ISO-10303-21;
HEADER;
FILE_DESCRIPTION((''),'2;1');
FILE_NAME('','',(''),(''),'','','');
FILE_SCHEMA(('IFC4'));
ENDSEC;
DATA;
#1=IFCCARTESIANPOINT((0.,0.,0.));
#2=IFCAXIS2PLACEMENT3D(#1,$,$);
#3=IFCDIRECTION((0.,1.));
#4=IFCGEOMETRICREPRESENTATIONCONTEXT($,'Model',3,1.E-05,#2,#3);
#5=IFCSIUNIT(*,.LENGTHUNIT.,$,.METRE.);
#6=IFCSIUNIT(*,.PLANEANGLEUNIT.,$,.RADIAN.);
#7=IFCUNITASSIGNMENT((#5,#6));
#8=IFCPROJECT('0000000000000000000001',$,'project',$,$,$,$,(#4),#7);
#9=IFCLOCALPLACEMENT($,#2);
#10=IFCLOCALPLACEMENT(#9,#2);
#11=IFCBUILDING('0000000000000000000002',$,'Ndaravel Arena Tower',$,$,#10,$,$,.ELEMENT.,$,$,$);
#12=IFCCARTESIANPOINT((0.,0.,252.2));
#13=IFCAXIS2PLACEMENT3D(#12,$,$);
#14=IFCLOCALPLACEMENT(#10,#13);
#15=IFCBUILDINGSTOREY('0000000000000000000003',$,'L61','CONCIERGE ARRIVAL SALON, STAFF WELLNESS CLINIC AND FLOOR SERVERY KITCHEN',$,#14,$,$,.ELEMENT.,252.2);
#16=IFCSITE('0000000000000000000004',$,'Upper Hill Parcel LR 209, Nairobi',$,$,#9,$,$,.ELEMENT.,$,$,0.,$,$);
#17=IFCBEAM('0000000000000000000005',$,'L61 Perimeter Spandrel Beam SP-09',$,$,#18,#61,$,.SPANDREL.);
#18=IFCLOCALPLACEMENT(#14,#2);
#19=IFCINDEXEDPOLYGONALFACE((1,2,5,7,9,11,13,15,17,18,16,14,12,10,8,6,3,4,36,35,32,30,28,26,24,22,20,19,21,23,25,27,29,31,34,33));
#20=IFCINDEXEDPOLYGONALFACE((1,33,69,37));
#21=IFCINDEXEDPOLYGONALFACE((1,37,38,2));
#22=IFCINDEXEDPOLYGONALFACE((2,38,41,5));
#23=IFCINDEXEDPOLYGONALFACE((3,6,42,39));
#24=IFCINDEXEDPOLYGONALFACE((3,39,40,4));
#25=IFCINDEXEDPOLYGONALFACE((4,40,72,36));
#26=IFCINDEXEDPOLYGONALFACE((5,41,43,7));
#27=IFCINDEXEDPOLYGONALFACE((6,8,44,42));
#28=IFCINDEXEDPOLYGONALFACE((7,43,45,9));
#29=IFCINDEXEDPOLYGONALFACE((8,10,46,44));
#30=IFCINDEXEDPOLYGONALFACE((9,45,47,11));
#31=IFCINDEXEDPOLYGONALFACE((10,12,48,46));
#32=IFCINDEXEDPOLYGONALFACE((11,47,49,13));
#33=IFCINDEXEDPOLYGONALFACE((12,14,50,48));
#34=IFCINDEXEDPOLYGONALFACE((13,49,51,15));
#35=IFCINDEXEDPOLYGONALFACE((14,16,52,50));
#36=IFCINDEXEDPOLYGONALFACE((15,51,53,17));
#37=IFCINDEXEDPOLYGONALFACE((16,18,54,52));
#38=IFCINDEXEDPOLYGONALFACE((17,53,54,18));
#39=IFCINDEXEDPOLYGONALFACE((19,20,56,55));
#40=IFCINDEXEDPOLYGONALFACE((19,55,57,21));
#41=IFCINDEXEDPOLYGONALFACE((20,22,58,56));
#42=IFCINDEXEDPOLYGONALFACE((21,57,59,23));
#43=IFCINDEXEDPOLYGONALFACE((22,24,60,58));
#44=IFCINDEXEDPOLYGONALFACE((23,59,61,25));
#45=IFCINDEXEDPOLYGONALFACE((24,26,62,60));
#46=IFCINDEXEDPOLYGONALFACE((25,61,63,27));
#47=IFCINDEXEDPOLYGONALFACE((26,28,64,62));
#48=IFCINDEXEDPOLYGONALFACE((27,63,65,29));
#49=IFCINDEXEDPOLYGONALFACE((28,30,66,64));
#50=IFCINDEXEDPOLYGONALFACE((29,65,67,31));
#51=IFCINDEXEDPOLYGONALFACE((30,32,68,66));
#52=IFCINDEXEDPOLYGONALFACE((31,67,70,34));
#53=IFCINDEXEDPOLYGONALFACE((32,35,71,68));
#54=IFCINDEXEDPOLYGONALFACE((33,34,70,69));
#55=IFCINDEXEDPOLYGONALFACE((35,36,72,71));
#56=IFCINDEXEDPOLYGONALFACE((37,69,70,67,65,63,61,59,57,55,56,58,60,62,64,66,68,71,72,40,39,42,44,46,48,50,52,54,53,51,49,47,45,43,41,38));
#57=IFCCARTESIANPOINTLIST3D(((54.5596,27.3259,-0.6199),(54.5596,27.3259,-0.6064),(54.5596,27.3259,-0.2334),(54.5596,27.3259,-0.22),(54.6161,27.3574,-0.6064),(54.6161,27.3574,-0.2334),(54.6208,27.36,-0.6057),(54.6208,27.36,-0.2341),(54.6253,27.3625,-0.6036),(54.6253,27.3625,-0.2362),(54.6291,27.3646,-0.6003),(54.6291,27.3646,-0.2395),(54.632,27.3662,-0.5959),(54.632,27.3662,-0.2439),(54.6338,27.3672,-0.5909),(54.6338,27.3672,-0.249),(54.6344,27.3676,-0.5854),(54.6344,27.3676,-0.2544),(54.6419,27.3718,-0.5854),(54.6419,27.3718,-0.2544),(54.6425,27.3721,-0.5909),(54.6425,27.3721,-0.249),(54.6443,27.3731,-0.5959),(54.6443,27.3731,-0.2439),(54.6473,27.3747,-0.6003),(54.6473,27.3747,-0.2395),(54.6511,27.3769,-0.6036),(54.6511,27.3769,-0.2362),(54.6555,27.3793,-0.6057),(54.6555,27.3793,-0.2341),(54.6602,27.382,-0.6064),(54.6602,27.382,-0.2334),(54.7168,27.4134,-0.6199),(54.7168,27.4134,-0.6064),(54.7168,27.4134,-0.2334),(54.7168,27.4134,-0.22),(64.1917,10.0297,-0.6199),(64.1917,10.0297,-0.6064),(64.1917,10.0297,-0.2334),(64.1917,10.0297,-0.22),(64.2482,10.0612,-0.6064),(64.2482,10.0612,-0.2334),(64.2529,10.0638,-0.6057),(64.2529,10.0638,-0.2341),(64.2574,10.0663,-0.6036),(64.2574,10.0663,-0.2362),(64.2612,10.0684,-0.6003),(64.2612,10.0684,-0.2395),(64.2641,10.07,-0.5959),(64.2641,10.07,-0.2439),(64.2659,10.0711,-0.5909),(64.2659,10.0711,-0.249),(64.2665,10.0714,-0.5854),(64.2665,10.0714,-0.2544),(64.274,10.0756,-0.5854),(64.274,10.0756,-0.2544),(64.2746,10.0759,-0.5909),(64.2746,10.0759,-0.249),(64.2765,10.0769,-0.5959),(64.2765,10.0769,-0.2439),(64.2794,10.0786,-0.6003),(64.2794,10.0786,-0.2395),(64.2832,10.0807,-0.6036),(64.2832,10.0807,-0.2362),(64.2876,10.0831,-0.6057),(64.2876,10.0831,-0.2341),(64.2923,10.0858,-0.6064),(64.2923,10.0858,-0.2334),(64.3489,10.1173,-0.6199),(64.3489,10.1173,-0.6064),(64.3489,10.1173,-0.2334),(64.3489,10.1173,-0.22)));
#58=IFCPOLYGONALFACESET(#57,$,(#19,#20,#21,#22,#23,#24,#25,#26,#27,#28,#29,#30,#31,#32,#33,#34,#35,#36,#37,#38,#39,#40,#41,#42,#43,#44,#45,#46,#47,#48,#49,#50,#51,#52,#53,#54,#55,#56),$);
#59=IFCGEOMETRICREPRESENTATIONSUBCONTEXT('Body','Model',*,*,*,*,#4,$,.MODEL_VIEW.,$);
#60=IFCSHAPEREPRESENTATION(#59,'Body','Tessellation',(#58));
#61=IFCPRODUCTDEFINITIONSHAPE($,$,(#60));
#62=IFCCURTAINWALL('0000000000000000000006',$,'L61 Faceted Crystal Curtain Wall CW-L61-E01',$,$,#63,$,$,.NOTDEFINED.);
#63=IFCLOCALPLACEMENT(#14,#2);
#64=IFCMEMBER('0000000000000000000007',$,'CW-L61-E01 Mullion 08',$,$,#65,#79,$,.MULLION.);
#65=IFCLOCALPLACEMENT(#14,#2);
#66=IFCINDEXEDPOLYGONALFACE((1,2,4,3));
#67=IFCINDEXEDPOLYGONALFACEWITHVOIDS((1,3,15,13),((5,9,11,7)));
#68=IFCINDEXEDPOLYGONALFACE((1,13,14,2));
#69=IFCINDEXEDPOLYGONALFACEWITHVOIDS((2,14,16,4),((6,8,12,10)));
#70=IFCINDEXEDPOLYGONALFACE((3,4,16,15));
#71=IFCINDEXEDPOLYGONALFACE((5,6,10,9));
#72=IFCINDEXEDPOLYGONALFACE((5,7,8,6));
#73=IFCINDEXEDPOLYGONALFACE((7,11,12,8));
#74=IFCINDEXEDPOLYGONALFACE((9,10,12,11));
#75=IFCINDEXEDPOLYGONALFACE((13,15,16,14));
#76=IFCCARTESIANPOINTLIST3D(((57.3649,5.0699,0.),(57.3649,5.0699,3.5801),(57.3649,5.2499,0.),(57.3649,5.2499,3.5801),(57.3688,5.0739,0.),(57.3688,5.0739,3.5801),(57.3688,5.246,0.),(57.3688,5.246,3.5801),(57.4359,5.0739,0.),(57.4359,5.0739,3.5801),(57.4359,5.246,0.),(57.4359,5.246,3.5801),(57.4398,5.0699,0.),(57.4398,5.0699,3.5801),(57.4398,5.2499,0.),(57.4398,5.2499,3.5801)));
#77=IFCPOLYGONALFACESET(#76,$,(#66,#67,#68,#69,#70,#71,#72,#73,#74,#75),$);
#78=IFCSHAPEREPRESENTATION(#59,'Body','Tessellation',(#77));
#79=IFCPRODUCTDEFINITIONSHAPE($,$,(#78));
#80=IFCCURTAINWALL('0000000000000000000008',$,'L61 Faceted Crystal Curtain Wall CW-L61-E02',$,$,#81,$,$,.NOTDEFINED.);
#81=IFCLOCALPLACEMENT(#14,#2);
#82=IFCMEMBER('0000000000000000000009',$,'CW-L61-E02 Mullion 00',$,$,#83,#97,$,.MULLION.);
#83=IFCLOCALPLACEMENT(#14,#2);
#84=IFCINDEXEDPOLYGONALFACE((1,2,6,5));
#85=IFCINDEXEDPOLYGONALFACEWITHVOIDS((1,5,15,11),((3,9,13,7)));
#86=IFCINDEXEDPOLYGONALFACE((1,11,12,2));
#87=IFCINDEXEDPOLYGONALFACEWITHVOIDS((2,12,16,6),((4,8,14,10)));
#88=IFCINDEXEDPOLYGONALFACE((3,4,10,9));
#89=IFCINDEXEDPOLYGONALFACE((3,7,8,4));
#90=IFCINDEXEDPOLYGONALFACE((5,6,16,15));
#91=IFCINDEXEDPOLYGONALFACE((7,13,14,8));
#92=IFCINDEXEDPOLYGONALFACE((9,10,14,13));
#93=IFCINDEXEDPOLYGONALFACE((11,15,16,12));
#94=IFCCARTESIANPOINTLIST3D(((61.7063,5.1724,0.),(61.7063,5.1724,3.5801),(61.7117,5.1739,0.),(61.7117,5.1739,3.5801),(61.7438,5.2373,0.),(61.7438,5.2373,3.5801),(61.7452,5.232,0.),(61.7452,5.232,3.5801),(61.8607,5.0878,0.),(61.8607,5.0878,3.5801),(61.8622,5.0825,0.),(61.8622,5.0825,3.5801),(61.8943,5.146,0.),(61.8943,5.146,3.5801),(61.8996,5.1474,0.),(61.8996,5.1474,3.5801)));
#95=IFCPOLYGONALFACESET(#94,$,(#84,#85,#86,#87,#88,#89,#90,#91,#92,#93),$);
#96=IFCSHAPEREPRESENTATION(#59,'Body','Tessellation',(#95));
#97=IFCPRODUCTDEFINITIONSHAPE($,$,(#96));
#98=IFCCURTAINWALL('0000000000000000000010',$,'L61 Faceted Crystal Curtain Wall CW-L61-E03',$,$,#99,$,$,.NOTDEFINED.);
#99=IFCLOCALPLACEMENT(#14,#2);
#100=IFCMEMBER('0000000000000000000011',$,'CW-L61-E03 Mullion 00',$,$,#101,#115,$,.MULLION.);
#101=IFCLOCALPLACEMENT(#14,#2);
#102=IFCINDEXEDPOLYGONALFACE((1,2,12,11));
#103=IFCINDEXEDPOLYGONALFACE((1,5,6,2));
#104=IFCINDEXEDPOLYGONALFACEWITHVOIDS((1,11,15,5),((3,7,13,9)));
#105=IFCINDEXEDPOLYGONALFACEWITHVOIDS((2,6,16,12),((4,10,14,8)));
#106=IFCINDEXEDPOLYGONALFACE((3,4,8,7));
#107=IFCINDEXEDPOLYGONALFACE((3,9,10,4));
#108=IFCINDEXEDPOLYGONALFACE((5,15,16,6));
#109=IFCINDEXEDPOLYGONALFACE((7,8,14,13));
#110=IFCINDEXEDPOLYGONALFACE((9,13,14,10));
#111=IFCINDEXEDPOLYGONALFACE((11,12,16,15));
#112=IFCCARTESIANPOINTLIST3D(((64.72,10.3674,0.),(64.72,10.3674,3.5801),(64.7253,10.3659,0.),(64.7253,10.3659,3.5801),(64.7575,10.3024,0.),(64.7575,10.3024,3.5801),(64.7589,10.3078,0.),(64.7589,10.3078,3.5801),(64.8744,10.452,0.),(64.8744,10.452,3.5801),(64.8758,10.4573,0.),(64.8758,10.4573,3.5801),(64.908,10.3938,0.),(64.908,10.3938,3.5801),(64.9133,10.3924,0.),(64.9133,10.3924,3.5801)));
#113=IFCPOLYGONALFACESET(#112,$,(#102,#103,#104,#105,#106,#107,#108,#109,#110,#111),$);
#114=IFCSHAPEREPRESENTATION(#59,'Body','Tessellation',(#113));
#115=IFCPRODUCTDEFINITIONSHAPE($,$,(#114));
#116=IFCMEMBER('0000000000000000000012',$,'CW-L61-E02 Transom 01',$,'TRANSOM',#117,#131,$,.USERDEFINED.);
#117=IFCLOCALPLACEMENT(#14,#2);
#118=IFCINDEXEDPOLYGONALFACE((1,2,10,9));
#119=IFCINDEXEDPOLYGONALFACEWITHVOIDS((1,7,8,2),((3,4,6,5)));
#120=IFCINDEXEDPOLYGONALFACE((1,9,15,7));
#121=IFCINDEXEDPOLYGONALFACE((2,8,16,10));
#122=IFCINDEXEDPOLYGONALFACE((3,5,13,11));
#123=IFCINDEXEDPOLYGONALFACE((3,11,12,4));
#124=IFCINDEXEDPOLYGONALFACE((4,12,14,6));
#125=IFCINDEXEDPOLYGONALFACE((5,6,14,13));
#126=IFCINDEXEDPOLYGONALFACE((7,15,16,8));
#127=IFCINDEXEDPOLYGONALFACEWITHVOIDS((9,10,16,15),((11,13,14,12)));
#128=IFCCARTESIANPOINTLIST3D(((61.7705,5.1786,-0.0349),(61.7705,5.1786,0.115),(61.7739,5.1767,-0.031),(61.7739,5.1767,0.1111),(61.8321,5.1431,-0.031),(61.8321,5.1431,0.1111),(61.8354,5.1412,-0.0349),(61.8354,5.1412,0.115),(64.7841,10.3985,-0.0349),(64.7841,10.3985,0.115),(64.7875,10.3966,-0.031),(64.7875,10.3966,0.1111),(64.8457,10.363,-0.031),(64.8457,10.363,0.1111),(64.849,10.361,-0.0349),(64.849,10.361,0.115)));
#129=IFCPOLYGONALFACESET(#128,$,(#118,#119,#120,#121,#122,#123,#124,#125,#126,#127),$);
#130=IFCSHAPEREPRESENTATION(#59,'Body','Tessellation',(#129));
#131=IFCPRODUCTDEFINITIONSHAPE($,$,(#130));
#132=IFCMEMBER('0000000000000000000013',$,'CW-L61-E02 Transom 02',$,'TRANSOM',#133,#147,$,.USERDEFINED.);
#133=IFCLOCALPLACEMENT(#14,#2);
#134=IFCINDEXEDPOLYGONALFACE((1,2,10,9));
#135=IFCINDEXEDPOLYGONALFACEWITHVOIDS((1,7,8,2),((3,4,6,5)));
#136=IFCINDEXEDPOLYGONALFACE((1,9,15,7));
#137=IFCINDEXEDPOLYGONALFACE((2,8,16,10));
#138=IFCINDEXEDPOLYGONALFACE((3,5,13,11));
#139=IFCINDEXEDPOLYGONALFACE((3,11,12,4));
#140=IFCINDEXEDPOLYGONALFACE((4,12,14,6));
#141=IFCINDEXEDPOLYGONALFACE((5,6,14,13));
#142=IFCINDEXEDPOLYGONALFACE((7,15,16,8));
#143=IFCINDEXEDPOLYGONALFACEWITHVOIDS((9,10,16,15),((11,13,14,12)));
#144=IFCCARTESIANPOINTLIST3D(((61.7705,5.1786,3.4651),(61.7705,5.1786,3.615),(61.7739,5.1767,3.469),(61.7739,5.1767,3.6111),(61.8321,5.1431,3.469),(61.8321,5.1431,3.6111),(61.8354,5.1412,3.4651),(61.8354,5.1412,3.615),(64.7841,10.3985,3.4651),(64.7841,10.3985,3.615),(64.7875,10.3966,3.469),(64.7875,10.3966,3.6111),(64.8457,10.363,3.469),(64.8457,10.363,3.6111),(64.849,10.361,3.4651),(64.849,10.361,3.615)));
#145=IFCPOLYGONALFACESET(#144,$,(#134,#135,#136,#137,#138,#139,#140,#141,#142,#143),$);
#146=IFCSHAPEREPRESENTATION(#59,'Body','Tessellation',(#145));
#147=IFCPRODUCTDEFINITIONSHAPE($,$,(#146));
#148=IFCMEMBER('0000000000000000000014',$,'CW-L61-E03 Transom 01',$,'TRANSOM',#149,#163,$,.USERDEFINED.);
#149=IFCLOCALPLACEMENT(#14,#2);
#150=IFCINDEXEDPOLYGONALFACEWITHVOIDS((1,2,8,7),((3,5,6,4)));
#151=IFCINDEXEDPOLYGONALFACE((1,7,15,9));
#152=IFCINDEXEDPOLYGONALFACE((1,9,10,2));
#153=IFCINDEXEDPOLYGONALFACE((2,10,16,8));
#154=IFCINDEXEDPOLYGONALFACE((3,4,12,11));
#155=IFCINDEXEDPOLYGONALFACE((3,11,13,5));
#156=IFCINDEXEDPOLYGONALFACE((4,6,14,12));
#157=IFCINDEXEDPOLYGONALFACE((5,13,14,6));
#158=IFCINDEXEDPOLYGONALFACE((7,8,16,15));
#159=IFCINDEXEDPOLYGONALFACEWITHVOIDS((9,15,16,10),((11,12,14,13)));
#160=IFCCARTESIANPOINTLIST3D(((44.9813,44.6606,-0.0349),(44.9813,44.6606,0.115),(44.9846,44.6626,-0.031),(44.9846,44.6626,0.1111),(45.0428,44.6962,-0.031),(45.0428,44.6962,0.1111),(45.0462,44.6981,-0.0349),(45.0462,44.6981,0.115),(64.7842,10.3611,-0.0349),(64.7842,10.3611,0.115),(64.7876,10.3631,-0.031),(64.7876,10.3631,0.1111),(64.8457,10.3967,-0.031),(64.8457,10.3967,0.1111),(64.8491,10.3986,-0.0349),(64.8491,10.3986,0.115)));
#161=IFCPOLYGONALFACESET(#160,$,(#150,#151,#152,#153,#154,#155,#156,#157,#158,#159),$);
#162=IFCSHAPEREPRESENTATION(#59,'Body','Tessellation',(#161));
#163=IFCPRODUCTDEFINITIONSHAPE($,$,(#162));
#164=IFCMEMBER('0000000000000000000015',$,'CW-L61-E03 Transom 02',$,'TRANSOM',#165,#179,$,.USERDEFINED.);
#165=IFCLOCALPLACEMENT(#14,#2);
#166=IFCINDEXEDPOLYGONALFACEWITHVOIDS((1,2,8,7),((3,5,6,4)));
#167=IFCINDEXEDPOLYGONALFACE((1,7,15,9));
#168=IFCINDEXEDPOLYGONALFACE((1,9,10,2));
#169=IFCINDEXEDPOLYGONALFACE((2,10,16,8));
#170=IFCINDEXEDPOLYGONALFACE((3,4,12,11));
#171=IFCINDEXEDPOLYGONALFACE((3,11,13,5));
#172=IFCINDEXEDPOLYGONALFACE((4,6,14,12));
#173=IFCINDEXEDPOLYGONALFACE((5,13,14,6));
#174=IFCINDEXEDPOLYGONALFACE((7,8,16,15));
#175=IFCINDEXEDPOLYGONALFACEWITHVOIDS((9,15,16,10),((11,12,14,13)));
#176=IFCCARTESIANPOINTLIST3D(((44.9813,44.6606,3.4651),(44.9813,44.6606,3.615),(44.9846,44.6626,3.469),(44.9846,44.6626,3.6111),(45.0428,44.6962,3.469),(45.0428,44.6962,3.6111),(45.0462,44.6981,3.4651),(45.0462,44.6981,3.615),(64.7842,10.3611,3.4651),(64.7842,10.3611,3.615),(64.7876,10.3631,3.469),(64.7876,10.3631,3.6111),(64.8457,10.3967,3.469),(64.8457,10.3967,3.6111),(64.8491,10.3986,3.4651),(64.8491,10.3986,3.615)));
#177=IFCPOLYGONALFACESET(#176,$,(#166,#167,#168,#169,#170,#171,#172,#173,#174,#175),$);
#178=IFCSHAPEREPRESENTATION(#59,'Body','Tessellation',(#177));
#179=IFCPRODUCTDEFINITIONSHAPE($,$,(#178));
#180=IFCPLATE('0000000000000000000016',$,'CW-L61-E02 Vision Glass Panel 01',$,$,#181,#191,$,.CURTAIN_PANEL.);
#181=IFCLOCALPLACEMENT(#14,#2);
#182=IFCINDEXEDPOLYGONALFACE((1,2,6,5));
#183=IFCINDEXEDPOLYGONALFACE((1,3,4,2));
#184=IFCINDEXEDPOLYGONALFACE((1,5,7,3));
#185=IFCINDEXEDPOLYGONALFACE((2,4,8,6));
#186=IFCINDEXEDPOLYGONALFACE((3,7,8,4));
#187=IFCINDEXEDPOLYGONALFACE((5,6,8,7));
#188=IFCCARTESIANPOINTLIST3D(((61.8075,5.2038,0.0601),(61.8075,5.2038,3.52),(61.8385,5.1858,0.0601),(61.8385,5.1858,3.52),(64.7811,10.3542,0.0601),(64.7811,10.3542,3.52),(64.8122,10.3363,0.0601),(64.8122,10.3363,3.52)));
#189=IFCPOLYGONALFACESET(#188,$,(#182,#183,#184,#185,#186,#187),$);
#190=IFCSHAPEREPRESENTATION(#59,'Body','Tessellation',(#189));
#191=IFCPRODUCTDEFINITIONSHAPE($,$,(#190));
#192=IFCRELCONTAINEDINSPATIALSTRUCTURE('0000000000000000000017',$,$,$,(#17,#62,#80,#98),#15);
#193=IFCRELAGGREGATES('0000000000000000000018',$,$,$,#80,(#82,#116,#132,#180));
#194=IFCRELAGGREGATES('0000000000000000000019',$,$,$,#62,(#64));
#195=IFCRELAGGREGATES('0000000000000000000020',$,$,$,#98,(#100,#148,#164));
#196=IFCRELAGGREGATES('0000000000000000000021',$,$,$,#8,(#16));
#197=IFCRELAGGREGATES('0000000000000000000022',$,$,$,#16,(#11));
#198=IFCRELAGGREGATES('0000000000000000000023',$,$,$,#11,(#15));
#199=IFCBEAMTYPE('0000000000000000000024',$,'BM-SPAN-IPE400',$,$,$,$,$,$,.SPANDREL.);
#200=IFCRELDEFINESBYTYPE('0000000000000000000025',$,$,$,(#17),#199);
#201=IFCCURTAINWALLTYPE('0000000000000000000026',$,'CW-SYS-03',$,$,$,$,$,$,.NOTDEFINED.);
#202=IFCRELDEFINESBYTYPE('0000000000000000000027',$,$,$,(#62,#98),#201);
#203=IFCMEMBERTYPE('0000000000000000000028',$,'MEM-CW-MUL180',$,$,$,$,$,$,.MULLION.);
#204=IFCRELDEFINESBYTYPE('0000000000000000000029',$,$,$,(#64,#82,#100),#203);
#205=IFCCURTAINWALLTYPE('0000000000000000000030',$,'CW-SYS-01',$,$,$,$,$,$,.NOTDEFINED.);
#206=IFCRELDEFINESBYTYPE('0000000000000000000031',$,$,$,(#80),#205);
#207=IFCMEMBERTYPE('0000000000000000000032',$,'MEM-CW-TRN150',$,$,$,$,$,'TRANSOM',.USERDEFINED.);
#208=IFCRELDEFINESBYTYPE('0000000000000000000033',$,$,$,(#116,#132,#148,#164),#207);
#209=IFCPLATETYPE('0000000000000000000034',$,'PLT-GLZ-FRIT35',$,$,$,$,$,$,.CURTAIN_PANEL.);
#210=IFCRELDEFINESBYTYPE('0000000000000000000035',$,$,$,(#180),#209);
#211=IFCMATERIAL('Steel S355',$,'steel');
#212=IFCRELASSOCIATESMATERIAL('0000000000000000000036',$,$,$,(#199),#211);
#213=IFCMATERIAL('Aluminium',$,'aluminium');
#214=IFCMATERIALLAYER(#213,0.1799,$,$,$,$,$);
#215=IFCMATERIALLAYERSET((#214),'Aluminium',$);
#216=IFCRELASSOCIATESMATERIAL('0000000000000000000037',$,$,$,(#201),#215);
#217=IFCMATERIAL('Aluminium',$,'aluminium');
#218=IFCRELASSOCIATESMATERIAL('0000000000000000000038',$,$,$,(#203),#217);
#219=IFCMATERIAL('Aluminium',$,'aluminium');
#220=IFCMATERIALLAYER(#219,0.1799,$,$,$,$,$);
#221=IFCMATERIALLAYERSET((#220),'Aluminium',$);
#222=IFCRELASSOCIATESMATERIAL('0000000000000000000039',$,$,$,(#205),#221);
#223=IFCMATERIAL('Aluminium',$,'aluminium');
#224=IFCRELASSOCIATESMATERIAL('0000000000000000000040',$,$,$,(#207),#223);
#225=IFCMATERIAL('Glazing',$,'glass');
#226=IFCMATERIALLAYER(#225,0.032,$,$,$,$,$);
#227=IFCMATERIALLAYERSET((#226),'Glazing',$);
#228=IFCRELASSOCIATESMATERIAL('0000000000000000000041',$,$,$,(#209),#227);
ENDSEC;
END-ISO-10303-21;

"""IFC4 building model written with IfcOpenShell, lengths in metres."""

from ifc_helpers import new_model, si_unit, direction, frame, origin, origin_2d, place, context, subcontext, project, spatial, rectangle, hollow_rectangle, i_section, extrude, material, layer, layer_set, material_profile, profile_set, type_object, element, aggregate, save


model = new_model("IFC4")

# Units and contexts
model_context = context("Model", 3, precision=1e-05, world=origin(), true_north=direction((0.0, 1.0)))
body_context = subcontext(model_context, "Body", "Model", "MODEL_VIEW")
ifc_project = project(units=[si_unit("LENGTHUNIT", "METRE"), si_unit("PLANEANGLEUNIT", "RADIAN")], contexts=[model_context])

# Site, building, storey
site_placement = place(None, origin())
site = spatial("IfcSite", under=ifc_project, at=site_placement, Name="Upper Hill Parcel LR 209, Nairobi", CompositionType="ELEMENT", RefElevation=0.0)
building_placement = place(site_placement, origin())
building = spatial("IfcBuilding", under=site, at=building_placement, Name="Ndaravel Arena Tower", CompositionType="ELEMENT")
storey_placement = place(building_placement, frame((0.0, 0.0, 252.2)))
storey = spatial("IfcBuildingStorey", under=building, at=storey_placement, Name="L61", Description="CONCIERGE ARRIVAL SALON, STAFF WELLNESS CLINIC AND FLOOR SERVERY KITCHEN", CompositionType="ELEMENT", Elevation=252.2)

# Beam
ifc_material_1 = material(Name="Steel S355", Category="steel")
ifc_material_profile_1 = material_profile(ifc_material_1, i_section(OverallWidth=0.1799, OverallDepth=0.3999, WebThickness=0.0085, FlangeThickness=0.0134, FilletRadius=0.021, at=origin_2d()), Name="IPE 400")
ifc_profile_set_1 = profile_set([ifc_material_profile_1], Name="Steel S355")
beam_type = type_object("IfcBeamType", Name="BM-SPAN-IPE400", PredefinedType="SPANDREL", material=ifc_profile_set_1)
beam_1_placement = place(storey_placement, frame((64.2703, 10.0735, -0.4199), z_axis=(-0.486535, 0.873661, 0.0), x_axis=(-0.873661, -0.486535, 0.0)))
element("IfcBeam", 1, at=beam_1_placement, inside=storey, type_object=beam_type, Name="L61 Perimeter Spandrel Beam SP-09", PredefinedType="SPANDREL", context=body_context, shape_type="SweptSolid", body=[
    extrude(i_section(OverallWidth=0.1799, OverallDepth=0.3999, WebThickness=0.0085, FlangeThickness=0.0134, FilletRadius=0.021, at=origin_2d()), origin(), (0.0, 0.0, 1.0), 19.7974),
])

# Curtain walls, members
ifc_material_2 = material(Name="Aluminium", Category="aluminium")
ifc_layer_1 = layer(ifc_material_2, 0.1799)
ifc_layer_set_1 = layer_set([ifc_layer_1], Name="Aluminium")
curtain_wall_type_1 = type_object("IfcCurtainWallType", Name="CW-SYS-03", PredefinedType="NOTDEFINED", material=ifc_layer_set_1)
curtain_wall_1_placement = place(storey_placement, origin())
curtain_wall_1 = element("IfcCurtainWall", 2, at=curtain_wall_1_placement, inside=storey, type_object=curtain_wall_type_1, Name="L61 Faceted Crystal Curtain Wall CW-L61-E01", PredefinedType="NOTDEFINED")
ifc_material_3 = material(Name="Aluminium", Category="aluminium")
ifc_material_profile_2 = material_profile(ifc_material_3, hollow_rectangle(XDim=0.075, YDim=0.1799, WallThickness=0.0039, at=origin_2d()), Name="CW MULLION 75x180x4")
ifc_profile_set_2 = profile_set([ifc_material_profile_2], Name="Aluminium")
member_type_1 = type_object("IfcMemberType", Name="MEM-CW-MUL180", PredefinedType="MULLION", material=ifc_profile_set_2)
member_1_placement = place(storey_placement, frame((57.4023, 5.1599, 0.0), z_axis=(0.0, 0.0, 1.0), x_axis=(1.0, 0.0, 0.0)))
member_1 = element("IfcMember", 3, at=member_1_placement, type_object=member_type_1, Name="CW-L61-E01 Mullion 08", PredefinedType="MULLION", context=body_context, shape_type="SweptSolid", body=[
    extrude(hollow_rectangle(XDim=0.075, YDim=0.1799, WallThickness=0.0039, at=origin_2d()), origin(), (0.0, 0.0, 1.0), 3.5801),
])
ifc_material_4 = material(Name="Aluminium", Category="aluminium")
ifc_layer_2 = layer(ifc_material_4, 0.1799)
ifc_layer_set_2 = layer_set([ifc_layer_2], Name="Aluminium")
curtain_wall_type_2 = type_object("IfcCurtainWallType", Name="CW-SYS-01", PredefinedType="NOTDEFINED", material=ifc_layer_set_2)
curtain_wall_2_placement = place(storey_placement, origin())
curtain_wall_2 = element("IfcCurtainWall", 4, at=curtain_wall_2_placement, inside=storey, type_object=curtain_wall_type_2, Name="L61 Faceted Crystal Curtain Wall CW-L61-E02", PredefinedType="NOTDEFINED")
member_2_placement = place(storey_placement, frame((61.803, 5.1599, 0.0), z_axis=(0.0, 0.0, 1.0), x_axis=(0.5, 0.866025, 0.0)))
member_2 = element("IfcMember", 5, at=member_2_placement, type_object=member_type_1, Name="CW-L61-E02 Mullion 00", PredefinedType="MULLION", context=body_context, shape_type="SweptSolid", body=[
    extrude(hollow_rectangle(XDim=0.075, YDim=0.1799, WallThickness=0.0039, at=origin_2d()), origin(), (0.0, 0.0, 1.0), 3.5801),
])
curtain_wall_3_placement = place(storey_placement, origin())
curtain_wall_3 = element("IfcCurtainWall", 6, at=curtain_wall_3_placement, inside=storey, type_object=curtain_wall_type_1, Name="L61 Faceted Crystal Curtain Wall CW-L61-E03", PredefinedType="NOTDEFINED")
member_3_placement = place(storey_placement, frame((64.8167, 10.3799, 0.0), z_axis=(0.0, 0.0, 1.0), x_axis=(-0.5, 0.866025, 0.0)))
member_3 = element("IfcMember", 7, at=member_3_placement, type_object=member_type_1, Name="CW-L61-E03 Mullion 00", PredefinedType="MULLION", context=body_context, shape_type="SweptSolid", body=[
    extrude(hollow_rectangle(XDim=0.075, YDim=0.1799, WallThickness=0.0039, at=origin_2d()), origin(), (0.0, 0.0, 1.0), 3.5801),
])

# Members
ifc_material_5 = material(Name="Aluminium", Category="aluminium")
ifc_material_profile_3 = material_profile(ifc_material_5, hollow_rectangle(XDim=0.075, YDim=0.1499, WallThickness=0.0039, at=origin_2d()), Name="CW TRANSOM 75x150x4")
ifc_profile_set_3 = profile_set([ifc_material_profile_3], Name="Aluminium")
member_type_2 = type_object("IfcMemberType", Name="MEM-CW-TRN150", ElementType="TRANSOM", PredefinedType="USERDEFINED", material=ifc_profile_set_3)
member_4_placement = place(storey_placement, frame((61.803, 5.1599, 0.04), z_axis=(0.49999, 0.866031, 0.0), x_axis=(-0.866031, 0.49999, 0.0)))
member_4 = element("IfcMember", 8, at=member_4_placement, type_object=member_type_2, Name="CW-L61-E02 Transom 01", ObjectType="TRANSOM", PredefinedType="USERDEFINED", context=body_context, shape_type="SweptSolid", body=[
    extrude(hollow_rectangle(XDim=0.075, YDim=0.1499, WallThickness=0.0039, at=origin_2d()), origin(), (0.0, 0.0, 1.0), 6.0273),
])
member_5_placement = place(storey_placement, frame((61.803, 5.1599, 3.54), z_axis=(0.49999, 0.866031, 0.0), x_axis=(-0.866031, 0.49999, 0.0)))
member_5 = element("IfcMember", 9, at=member_5_placement, type_object=member_type_2, Name="CW-L61-E02 Transom 02", ObjectType="TRANSOM", PredefinedType="USERDEFINED", context=body_context, shape_type="SweptSolid", body=[
    extrude(hollow_rectangle(XDim=0.075, YDim=0.1499, WallThickness=0.0039, at=origin_2d()), origin(), (0.0, 0.0, 1.0), 6.0273),
])
member_6_placement = place(storey_placement, frame((64.8167, 10.3799, 0.04), z_axis=(-0.500002, 0.866024, 0.0), x_axis=(-0.866024, -0.500002, 0.0)))
member_6 = element("IfcMember", 10, at=member_6_placement, type_object=member_type_2, Name="CW-L61-E03 Transom 01", ObjectType="TRANSOM", PredefinedType="USERDEFINED", context=body_context, shape_type="SweptSolid", body=[
    extrude(hollow_rectangle(XDim=0.075, YDim=0.1499, WallThickness=0.0039, at=origin_2d()), origin(), (0.0, 0.0, 1.0), 39.6057),
])
member_7_placement = place(storey_placement, frame((64.8167, 10.3799, 3.54), z_axis=(-0.500002, 0.866024, 0.0), x_axis=(-0.866024, -0.500002, 0.0)))
member_7 = element("IfcMember", 11, at=member_7_placement, type_object=member_type_2, Name="CW-L61-E03 Transom 02", ObjectType="TRANSOM", PredefinedType="USERDEFINED", context=body_context, shape_type="SweptSolid", body=[
    extrude(hollow_rectangle(XDim=0.075, YDim=0.1499, WallThickness=0.0039, at=origin_2d()), origin(), (0.0, 0.0, 1.0), 39.6057),
])

# Plate
ifc_material_6 = material(Name="Glazing", Category="glass")
ifc_layer_3 = layer(ifc_material_6, 0.032)
ifc_layer_set_3 = layer_set([ifc_layer_3], Name="Glazing")
plate_type_1 = type_object("IfcPlateType", Name="PLT-GLZ-FRIT35", PredefinedType="CURTAIN_PANEL", material=ifc_layer_set_3)
plate_1_placement = place(storey_placement, frame((63.3098, 7.77, 0.0601), z_axis=(0.0, 0.0, 1.0), x_axis=(0.5, 0.866025, 0.0)))
plate_1 = element("IfcPlate", 12, at=plate_1_placement, type_object=plate_type_1, Name="CW-L61-E02 Vision Glass Panel 01", PredefinedType="CURTAIN_PANEL", context=body_context, shape_type="SweptSolid", body=[
    extrude(rectangle(XDim=5.9473, YDim=0.0359, at=origin_2d()), origin(), (0.0, 0.0, 1.0), 3.46),
])
aggregate(curtain_wall_2, [member_2, member_4, member_5, plate_1])
aggregate(curtain_wall_1, [member_1])
aggregate(curtain_wall_3, [member_3, member_6, member_7])

save(model, "model.ifc")
